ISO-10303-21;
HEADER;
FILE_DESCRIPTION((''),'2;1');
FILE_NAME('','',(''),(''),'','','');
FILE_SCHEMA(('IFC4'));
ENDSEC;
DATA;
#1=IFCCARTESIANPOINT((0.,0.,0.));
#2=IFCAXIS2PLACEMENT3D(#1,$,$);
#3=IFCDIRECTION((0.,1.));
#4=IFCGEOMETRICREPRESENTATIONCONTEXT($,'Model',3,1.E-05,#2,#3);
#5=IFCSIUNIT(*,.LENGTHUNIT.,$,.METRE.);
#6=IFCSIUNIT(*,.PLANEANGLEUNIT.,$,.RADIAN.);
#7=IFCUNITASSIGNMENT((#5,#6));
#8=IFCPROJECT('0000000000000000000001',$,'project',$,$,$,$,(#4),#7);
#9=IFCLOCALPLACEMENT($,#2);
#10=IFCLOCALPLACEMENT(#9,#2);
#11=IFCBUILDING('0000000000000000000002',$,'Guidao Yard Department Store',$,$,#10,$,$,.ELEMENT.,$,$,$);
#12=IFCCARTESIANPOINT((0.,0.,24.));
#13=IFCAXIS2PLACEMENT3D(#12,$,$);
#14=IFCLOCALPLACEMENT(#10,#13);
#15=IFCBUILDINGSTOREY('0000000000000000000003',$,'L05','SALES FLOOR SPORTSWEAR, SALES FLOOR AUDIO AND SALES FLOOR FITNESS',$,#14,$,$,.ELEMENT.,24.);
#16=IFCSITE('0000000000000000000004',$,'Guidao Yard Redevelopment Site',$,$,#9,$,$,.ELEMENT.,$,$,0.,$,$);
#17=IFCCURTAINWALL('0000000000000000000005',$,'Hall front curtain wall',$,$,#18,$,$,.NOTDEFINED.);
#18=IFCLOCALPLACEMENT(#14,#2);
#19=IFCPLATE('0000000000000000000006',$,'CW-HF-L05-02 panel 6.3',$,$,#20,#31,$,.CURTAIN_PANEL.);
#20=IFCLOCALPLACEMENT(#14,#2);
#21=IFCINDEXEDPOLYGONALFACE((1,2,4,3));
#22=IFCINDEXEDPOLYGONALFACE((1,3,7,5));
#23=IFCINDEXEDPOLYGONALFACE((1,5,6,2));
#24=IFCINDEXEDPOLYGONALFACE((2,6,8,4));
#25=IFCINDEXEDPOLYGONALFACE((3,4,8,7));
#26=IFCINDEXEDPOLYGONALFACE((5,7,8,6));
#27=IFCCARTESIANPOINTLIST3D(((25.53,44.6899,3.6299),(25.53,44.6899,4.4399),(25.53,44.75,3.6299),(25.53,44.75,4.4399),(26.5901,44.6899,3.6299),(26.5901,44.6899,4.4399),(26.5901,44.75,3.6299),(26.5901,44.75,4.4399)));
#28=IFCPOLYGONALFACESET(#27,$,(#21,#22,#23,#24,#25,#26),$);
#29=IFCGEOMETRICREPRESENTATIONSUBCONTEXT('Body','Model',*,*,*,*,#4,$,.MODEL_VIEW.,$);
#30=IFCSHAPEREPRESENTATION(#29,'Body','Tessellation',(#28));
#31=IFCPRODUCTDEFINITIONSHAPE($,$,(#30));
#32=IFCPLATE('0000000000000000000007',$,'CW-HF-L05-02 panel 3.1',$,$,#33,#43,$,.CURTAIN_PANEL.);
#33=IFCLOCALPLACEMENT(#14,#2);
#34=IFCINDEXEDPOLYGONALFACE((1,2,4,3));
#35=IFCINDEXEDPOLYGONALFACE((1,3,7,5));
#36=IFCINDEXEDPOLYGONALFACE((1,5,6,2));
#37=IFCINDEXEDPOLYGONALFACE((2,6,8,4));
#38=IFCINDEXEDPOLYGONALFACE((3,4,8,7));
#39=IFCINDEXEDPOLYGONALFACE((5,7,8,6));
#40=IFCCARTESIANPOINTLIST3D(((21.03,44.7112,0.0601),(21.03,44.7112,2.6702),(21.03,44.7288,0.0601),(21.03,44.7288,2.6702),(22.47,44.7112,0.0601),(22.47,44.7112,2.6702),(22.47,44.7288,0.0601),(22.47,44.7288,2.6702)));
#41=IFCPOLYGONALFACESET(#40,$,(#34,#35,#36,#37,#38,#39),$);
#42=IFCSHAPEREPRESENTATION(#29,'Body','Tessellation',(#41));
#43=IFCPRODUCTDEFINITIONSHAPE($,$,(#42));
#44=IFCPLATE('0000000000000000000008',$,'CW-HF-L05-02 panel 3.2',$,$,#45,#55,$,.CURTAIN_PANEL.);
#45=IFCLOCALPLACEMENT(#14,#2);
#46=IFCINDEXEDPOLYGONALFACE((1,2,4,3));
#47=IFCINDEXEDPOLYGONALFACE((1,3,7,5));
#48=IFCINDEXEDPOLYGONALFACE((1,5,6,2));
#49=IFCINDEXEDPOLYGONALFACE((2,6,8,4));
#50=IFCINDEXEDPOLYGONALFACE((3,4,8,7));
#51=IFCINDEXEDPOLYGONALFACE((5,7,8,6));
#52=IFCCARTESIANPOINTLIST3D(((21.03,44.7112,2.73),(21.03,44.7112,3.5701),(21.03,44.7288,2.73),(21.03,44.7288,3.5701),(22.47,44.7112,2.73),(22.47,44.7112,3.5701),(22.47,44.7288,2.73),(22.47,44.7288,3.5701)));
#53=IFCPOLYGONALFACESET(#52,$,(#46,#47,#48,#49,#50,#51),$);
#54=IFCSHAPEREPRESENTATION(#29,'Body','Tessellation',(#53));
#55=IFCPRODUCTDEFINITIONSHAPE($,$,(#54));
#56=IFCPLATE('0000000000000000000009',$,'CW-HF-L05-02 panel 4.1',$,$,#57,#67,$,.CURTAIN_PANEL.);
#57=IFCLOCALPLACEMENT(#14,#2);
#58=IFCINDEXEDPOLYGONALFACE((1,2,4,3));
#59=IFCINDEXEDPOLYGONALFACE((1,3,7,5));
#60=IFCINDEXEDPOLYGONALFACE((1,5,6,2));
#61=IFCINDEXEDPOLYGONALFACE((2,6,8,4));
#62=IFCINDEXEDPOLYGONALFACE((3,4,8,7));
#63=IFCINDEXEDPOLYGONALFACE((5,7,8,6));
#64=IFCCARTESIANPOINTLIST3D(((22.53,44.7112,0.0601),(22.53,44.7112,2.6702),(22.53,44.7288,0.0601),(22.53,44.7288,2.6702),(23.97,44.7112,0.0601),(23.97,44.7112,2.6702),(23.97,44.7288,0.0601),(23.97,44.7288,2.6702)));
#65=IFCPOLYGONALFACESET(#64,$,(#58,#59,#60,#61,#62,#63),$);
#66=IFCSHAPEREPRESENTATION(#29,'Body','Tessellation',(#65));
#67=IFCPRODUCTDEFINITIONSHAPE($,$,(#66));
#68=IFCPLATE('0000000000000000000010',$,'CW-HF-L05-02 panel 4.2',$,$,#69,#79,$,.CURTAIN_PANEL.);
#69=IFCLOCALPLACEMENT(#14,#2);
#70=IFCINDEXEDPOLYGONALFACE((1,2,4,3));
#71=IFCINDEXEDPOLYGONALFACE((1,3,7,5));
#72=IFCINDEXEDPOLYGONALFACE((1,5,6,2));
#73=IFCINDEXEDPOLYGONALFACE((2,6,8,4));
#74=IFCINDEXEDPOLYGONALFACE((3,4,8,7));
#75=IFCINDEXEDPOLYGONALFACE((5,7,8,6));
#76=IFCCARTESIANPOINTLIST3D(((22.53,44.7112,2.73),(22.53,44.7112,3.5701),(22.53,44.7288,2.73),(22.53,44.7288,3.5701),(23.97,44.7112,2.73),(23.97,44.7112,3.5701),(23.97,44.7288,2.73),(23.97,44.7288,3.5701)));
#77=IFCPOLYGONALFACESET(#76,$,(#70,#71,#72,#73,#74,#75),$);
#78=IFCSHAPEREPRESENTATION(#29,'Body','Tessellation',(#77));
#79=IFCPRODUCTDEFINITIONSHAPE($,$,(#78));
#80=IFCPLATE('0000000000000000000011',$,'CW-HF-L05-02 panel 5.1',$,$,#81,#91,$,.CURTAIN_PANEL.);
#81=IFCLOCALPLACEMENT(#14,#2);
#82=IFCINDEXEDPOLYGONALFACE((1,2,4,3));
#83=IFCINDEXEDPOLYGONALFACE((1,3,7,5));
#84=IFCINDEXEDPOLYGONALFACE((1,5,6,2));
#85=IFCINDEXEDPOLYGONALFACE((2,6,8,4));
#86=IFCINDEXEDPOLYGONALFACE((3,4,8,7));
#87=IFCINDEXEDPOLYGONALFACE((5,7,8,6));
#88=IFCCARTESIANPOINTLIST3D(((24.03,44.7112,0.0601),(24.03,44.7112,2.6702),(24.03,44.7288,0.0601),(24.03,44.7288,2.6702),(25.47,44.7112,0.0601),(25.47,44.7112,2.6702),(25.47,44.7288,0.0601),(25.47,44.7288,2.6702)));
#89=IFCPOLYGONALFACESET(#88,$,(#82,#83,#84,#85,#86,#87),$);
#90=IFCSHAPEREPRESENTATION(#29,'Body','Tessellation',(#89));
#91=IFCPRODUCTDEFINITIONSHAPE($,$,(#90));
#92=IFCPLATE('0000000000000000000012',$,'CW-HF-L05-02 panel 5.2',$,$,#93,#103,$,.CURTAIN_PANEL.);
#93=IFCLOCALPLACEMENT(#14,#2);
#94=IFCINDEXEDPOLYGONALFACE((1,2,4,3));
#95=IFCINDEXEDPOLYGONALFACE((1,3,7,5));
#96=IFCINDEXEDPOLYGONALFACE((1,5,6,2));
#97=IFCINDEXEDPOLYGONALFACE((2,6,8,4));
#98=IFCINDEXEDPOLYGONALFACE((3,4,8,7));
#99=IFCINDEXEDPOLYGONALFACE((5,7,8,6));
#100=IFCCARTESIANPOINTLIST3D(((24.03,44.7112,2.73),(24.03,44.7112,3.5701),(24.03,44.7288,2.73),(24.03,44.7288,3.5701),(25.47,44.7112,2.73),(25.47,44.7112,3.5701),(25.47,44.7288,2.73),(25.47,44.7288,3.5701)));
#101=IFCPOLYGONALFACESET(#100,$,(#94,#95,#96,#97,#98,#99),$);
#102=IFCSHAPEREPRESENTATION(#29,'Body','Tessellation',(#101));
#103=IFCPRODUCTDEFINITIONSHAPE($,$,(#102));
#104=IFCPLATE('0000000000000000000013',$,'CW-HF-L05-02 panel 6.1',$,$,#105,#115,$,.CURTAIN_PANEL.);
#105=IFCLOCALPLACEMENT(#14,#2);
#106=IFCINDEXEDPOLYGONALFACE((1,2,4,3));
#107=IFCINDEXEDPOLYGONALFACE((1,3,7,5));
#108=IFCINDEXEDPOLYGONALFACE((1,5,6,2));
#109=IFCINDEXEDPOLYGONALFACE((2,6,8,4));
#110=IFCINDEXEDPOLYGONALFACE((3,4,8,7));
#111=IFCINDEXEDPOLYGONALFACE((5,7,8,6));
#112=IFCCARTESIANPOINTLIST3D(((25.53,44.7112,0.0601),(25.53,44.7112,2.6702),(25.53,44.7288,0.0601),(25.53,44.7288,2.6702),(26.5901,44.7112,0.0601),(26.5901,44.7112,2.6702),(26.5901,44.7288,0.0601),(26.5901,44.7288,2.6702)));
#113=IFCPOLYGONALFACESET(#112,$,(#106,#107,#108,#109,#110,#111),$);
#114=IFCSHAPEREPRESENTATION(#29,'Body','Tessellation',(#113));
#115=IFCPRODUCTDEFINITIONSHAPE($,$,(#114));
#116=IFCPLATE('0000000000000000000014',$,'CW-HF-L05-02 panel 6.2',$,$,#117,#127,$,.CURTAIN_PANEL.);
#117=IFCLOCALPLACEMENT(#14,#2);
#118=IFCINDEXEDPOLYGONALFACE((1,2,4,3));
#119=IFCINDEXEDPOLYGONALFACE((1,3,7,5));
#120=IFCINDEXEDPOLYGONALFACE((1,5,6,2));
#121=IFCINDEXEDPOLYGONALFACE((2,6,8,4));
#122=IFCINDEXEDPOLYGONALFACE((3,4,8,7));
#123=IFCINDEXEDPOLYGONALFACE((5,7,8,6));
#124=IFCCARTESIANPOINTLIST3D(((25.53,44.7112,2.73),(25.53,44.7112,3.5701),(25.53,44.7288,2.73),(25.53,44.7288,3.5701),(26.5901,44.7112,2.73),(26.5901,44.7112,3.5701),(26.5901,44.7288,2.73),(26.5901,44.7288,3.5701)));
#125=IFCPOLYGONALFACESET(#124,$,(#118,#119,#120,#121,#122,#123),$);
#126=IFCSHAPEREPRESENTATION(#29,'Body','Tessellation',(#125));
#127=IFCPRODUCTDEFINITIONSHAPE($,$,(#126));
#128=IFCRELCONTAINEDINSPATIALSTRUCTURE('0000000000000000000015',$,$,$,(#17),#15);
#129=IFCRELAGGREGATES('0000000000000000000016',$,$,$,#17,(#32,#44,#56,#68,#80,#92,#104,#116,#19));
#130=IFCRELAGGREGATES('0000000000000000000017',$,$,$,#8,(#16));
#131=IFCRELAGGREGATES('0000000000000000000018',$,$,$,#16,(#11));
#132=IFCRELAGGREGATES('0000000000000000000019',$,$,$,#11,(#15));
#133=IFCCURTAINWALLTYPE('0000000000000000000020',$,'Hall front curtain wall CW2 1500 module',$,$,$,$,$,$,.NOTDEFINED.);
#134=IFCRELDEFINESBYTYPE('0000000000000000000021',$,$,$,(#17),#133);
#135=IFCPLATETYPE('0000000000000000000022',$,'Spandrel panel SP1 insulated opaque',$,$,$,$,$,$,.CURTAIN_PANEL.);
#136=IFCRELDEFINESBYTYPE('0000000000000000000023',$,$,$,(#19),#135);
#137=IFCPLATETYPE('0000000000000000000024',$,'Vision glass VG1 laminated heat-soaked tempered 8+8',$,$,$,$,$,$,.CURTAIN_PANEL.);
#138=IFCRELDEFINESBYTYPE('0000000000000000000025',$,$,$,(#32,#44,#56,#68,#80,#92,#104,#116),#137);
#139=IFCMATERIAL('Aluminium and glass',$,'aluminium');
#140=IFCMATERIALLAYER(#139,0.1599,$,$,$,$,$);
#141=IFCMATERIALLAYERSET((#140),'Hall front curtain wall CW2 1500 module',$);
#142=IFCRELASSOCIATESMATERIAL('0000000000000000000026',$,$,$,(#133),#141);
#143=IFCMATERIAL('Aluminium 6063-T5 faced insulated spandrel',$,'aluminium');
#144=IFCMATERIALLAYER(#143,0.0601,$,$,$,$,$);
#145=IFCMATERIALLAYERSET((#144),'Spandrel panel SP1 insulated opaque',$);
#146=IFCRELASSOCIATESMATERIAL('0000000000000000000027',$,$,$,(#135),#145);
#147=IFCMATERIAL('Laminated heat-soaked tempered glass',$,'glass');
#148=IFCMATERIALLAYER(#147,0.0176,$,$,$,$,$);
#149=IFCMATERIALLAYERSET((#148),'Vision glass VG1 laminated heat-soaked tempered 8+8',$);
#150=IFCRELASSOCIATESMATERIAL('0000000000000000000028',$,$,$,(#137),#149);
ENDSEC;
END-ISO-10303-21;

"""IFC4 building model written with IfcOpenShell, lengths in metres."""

from ifc_helpers import new_model, si_unit, direction, frame, origin, origin_2d, place, context, subcontext, project, spatial, rectangle, extrude, material, layer, layer_set, type_object, element, aggregate, save


model = new_model("IFC4")

# Units and contexts
model_context = context("Model", 3, precision=1e-05, world=origin(), true_north=direction((0.0, 1.0)))
body_context = subcontext(model_context, "Body", "Model", "MODEL_VIEW")
ifc_project = project(units=[si_unit("LENGTHUNIT", "METRE"), si_unit("PLANEANGLEUNIT", "RADIAN")], contexts=[model_context])

# Site, building, storey
site_placement = place(None, origin())
site = spatial("IfcSite", under=ifc_project, at=site_placement, Name="Guidao Yard Redevelopment Site", CompositionType="ELEMENT", RefElevation=0.0)
building_placement = place(site_placement, origin())
building = spatial("IfcBuilding", under=site, at=building_placement, Name="Guidao Yard Department Store", CompositionType="ELEMENT")
storey_placement = place(building_placement, frame((0.0, 0.0, 24.0)))
storey = spatial("IfcBuildingStorey", under=building, at=storey_placement, Name="L05", Description="SALES FLOOR SPORTSWEAR, SALES FLOOR AUDIO AND SALES FLOOR FITNESS", CompositionType="ELEMENT", Elevation=24.0)

# Curtain wall
ifc_material_1 = material(Name="Aluminium and glass", Category="aluminium")
ifc_layer_1 = layer(ifc_material_1, 0.1599)
ifc_layer_set_1 = layer_set([ifc_layer_1], Name="Hall front curtain wall CW2 1500 module")
curtain_wall_type = type_object("IfcCurtainWallType", Name="Hall front curtain wall CW2 1500 module", PredefinedType="NOTDEFINED", material=ifc_layer_set_1)
curtain_wall_1_placement = place(storey_placement, origin())
curtain_wall_1 = element("IfcCurtainWall", 1, at=curtain_wall_1_placement, inside=storey, type_object=curtain_wall_type, Name="Hall front curtain wall", PredefinedType="NOTDEFINED")

# Plates
ifc_material_2 = material(Name="Aluminium 6063-T5 faced insulated spandrel", Category="aluminium")
ifc_layer_2 = layer(ifc_material_2, 0.0601)
ifc_layer_set_2 = layer_set([ifc_layer_2], Name="Spandrel panel SP1 insulated opaque")
plate_type_1 = type_object("IfcPlateType", Name="Spandrel panel SP1 insulated opaque", PredefinedType="CURTAIN_PANEL", material=ifc_layer_set_2)
plate_1_placement = place(storey_placement, frame((26.0601, 44.72, 3.6299), z_axis=(0.0, 0.0, 1.0), x_axis=(-1.0, 0.0, 0.0)))
plate_1 = element("IfcPlate", 2, at=plate_1_placement, type_object=plate_type_1, Name="CW-HF-L05-02 panel 6.3", PredefinedType="CURTAIN_PANEL", context=body_context, shape_type="SweptSolid", body=[
    extrude(rectangle(XDim=1.0601, YDim=0.0601, at=origin_2d()), origin(), (0.0, 0.0, 1.0), 0.8101),
])
ifc_material_3 = material(Name="Laminated heat-soaked tempered glass", Category="glass")
ifc_layer_3 = layer(ifc_material_3, 0.0176)
ifc_layer_set_3 = layer_set([ifc_layer_3], Name="Vision glass VG1 laminated heat-soaked tempered 8+8")
plate_type_2 = type_object("IfcPlateType", Name="Vision glass VG1 laminated heat-soaked tempered 8+8", PredefinedType="CURTAIN_PANEL", material=ifc_layer_set_3)
plate_2_placement = place(storey_placement, frame((21.75, 44.72, 0.0601), z_axis=(0.0, 0.0, 1.0), x_axis=(-1.0, 0.0, 0.0)))
plate_2 = element("IfcPlate", 3, at=plate_2_placement, type_object=plate_type_2, Name="CW-HF-L05-02 panel 3.1", PredefinedType="CURTAIN_PANEL", context=body_context, shape_type="SweptSolid", body=[
    extrude(rectangle(XDim=1.4399, YDim=0.0176, at=origin_2d()), origin(), (0.0, 0.0, 1.0), 2.6101),
])
plate_3_placement = place(storey_placement, frame((21.75, 44.72, 2.73), z_axis=(0.0, 0.0, 1.0), x_axis=(-1.0, 0.0, 0.0)))
plate_3 = element("IfcPlate", 4, at=plate_3_placement, type_object=plate_type_2, Name="CW-HF-L05-02 panel 3.2", PredefinedType="CURTAIN_PANEL", context=body_context, shape_type="SweptSolid", body=[
    extrude(rectangle(XDim=1.4399, YDim=0.0176, at=origin_2d()), origin(), (0.0, 0.0, 1.0), 0.8401),
])
plate_4_placement = place(storey_placement, frame((23.25, 44.72, 0.0601), z_axis=(0.0, 0.0, 1.0), x_axis=(-1.0, 0.0, 0.0)))
plate_4 = element("IfcPlate", 5, at=plate_4_placement, type_object=plate_type_2, Name="CW-HF-L05-02 panel 4.1", PredefinedType="CURTAIN_PANEL", context=body_context, shape_type="SweptSolid", body=[
    extrude(rectangle(XDim=1.4399, YDim=0.0176, at=origin_2d()), origin(), (0.0, 0.0, 1.0), 2.6101),
])
plate_5_placement = place(storey_placement, frame((23.25, 44.72, 2.73), z_axis=(0.0, 0.0, 1.0), x_axis=(-1.0, 0.0, 0.0)))
plate_5 = element("IfcPlate", 6, at=plate_5_placement, type_object=plate_type_2, Name="CW-HF-L05-02 panel 4.2", PredefinedType="CURTAIN_PANEL", context=body_context, shape_type="SweptSolid", body=[
    extrude(rectangle(XDim=1.4399, YDim=0.0176, at=origin_2d()), origin(), (0.0, 0.0, 1.0), 0.8401),
])
plate_6_placement = place(storey_placement, frame((24.75, 44.72, 0.0601), z_axis=(0.0, 0.0, 1.0), x_axis=(-1.0, 0.0, 0.0)))
plate_6 = element("IfcPlate", 7, at=plate_6_placement, type_object=plate_type_2, Name="CW-HF-L05-02 panel 5.1", PredefinedType="CURTAIN_PANEL", context=body_context, shape_type="SweptSolid", body=[
    extrude(rectangle(XDim=1.4399, YDim=0.0176, at=origin_2d()), origin(), (0.0, 0.0, 1.0), 2.6101),
])
plate_7_placement = place(storey_placement, frame((24.75, 44.72, 2.73), z_axis=(0.0, 0.0, 1.0), x_axis=(-1.0, 0.0, 0.0)))
plate_7 = element("IfcPlate", 8, at=plate_7_placement, type_object=plate_type_2, Name="CW-HF-L05-02 panel 5.2", PredefinedType="CURTAIN_PANEL", context=body_context, shape_type="SweptSolid", body=[
    extrude(rectangle(XDim=1.4399, YDim=0.0176, at=origin_2d()), origin(), (0.0, 0.0, 1.0), 0.8401),
])
plate_8_placement = place(storey_placement, frame((26.0601, 44.72, 0.0601), z_axis=(0.0, 0.0, 1.0), x_axis=(-1.0, 0.0, 0.0)))
plate_8 = element("IfcPlate", 9, at=plate_8_placement, type_object=plate_type_2, Name="CW-HF-L05-02 panel 6.1", PredefinedType="CURTAIN_PANEL", context=body_context, shape_type="SweptSolid", body=[
    extrude(rectangle(XDim=1.0601, YDim=0.0176, at=origin_2d()), origin(), (0.0, 0.0, 1.0), 2.6101),
])
plate_9_placement = place(storey_placement, frame((26.0601, 44.72, 2.73), z_axis=(0.0, 0.0, 1.0), x_axis=(-1.0, 0.0, 0.0)))
plate_9 = element("IfcPlate", 10, at=plate_9_placement, type_object=plate_type_2, Name="CW-HF-L05-02 panel 6.2", PredefinedType="CURTAIN_PANEL", context=body_context, shape_type="SweptSolid", body=[
    extrude(rectangle(XDim=1.0601, YDim=0.0176, at=origin_2d()), origin(), (0.0, 0.0, 1.0), 0.8401),
])
aggregate(curtain_wall_1, [plate_2, plate_3, plate_4, plate_5, plate_6, plate_7, plate_8, plate_9, plate_1])

save(model, "model.ifc")
